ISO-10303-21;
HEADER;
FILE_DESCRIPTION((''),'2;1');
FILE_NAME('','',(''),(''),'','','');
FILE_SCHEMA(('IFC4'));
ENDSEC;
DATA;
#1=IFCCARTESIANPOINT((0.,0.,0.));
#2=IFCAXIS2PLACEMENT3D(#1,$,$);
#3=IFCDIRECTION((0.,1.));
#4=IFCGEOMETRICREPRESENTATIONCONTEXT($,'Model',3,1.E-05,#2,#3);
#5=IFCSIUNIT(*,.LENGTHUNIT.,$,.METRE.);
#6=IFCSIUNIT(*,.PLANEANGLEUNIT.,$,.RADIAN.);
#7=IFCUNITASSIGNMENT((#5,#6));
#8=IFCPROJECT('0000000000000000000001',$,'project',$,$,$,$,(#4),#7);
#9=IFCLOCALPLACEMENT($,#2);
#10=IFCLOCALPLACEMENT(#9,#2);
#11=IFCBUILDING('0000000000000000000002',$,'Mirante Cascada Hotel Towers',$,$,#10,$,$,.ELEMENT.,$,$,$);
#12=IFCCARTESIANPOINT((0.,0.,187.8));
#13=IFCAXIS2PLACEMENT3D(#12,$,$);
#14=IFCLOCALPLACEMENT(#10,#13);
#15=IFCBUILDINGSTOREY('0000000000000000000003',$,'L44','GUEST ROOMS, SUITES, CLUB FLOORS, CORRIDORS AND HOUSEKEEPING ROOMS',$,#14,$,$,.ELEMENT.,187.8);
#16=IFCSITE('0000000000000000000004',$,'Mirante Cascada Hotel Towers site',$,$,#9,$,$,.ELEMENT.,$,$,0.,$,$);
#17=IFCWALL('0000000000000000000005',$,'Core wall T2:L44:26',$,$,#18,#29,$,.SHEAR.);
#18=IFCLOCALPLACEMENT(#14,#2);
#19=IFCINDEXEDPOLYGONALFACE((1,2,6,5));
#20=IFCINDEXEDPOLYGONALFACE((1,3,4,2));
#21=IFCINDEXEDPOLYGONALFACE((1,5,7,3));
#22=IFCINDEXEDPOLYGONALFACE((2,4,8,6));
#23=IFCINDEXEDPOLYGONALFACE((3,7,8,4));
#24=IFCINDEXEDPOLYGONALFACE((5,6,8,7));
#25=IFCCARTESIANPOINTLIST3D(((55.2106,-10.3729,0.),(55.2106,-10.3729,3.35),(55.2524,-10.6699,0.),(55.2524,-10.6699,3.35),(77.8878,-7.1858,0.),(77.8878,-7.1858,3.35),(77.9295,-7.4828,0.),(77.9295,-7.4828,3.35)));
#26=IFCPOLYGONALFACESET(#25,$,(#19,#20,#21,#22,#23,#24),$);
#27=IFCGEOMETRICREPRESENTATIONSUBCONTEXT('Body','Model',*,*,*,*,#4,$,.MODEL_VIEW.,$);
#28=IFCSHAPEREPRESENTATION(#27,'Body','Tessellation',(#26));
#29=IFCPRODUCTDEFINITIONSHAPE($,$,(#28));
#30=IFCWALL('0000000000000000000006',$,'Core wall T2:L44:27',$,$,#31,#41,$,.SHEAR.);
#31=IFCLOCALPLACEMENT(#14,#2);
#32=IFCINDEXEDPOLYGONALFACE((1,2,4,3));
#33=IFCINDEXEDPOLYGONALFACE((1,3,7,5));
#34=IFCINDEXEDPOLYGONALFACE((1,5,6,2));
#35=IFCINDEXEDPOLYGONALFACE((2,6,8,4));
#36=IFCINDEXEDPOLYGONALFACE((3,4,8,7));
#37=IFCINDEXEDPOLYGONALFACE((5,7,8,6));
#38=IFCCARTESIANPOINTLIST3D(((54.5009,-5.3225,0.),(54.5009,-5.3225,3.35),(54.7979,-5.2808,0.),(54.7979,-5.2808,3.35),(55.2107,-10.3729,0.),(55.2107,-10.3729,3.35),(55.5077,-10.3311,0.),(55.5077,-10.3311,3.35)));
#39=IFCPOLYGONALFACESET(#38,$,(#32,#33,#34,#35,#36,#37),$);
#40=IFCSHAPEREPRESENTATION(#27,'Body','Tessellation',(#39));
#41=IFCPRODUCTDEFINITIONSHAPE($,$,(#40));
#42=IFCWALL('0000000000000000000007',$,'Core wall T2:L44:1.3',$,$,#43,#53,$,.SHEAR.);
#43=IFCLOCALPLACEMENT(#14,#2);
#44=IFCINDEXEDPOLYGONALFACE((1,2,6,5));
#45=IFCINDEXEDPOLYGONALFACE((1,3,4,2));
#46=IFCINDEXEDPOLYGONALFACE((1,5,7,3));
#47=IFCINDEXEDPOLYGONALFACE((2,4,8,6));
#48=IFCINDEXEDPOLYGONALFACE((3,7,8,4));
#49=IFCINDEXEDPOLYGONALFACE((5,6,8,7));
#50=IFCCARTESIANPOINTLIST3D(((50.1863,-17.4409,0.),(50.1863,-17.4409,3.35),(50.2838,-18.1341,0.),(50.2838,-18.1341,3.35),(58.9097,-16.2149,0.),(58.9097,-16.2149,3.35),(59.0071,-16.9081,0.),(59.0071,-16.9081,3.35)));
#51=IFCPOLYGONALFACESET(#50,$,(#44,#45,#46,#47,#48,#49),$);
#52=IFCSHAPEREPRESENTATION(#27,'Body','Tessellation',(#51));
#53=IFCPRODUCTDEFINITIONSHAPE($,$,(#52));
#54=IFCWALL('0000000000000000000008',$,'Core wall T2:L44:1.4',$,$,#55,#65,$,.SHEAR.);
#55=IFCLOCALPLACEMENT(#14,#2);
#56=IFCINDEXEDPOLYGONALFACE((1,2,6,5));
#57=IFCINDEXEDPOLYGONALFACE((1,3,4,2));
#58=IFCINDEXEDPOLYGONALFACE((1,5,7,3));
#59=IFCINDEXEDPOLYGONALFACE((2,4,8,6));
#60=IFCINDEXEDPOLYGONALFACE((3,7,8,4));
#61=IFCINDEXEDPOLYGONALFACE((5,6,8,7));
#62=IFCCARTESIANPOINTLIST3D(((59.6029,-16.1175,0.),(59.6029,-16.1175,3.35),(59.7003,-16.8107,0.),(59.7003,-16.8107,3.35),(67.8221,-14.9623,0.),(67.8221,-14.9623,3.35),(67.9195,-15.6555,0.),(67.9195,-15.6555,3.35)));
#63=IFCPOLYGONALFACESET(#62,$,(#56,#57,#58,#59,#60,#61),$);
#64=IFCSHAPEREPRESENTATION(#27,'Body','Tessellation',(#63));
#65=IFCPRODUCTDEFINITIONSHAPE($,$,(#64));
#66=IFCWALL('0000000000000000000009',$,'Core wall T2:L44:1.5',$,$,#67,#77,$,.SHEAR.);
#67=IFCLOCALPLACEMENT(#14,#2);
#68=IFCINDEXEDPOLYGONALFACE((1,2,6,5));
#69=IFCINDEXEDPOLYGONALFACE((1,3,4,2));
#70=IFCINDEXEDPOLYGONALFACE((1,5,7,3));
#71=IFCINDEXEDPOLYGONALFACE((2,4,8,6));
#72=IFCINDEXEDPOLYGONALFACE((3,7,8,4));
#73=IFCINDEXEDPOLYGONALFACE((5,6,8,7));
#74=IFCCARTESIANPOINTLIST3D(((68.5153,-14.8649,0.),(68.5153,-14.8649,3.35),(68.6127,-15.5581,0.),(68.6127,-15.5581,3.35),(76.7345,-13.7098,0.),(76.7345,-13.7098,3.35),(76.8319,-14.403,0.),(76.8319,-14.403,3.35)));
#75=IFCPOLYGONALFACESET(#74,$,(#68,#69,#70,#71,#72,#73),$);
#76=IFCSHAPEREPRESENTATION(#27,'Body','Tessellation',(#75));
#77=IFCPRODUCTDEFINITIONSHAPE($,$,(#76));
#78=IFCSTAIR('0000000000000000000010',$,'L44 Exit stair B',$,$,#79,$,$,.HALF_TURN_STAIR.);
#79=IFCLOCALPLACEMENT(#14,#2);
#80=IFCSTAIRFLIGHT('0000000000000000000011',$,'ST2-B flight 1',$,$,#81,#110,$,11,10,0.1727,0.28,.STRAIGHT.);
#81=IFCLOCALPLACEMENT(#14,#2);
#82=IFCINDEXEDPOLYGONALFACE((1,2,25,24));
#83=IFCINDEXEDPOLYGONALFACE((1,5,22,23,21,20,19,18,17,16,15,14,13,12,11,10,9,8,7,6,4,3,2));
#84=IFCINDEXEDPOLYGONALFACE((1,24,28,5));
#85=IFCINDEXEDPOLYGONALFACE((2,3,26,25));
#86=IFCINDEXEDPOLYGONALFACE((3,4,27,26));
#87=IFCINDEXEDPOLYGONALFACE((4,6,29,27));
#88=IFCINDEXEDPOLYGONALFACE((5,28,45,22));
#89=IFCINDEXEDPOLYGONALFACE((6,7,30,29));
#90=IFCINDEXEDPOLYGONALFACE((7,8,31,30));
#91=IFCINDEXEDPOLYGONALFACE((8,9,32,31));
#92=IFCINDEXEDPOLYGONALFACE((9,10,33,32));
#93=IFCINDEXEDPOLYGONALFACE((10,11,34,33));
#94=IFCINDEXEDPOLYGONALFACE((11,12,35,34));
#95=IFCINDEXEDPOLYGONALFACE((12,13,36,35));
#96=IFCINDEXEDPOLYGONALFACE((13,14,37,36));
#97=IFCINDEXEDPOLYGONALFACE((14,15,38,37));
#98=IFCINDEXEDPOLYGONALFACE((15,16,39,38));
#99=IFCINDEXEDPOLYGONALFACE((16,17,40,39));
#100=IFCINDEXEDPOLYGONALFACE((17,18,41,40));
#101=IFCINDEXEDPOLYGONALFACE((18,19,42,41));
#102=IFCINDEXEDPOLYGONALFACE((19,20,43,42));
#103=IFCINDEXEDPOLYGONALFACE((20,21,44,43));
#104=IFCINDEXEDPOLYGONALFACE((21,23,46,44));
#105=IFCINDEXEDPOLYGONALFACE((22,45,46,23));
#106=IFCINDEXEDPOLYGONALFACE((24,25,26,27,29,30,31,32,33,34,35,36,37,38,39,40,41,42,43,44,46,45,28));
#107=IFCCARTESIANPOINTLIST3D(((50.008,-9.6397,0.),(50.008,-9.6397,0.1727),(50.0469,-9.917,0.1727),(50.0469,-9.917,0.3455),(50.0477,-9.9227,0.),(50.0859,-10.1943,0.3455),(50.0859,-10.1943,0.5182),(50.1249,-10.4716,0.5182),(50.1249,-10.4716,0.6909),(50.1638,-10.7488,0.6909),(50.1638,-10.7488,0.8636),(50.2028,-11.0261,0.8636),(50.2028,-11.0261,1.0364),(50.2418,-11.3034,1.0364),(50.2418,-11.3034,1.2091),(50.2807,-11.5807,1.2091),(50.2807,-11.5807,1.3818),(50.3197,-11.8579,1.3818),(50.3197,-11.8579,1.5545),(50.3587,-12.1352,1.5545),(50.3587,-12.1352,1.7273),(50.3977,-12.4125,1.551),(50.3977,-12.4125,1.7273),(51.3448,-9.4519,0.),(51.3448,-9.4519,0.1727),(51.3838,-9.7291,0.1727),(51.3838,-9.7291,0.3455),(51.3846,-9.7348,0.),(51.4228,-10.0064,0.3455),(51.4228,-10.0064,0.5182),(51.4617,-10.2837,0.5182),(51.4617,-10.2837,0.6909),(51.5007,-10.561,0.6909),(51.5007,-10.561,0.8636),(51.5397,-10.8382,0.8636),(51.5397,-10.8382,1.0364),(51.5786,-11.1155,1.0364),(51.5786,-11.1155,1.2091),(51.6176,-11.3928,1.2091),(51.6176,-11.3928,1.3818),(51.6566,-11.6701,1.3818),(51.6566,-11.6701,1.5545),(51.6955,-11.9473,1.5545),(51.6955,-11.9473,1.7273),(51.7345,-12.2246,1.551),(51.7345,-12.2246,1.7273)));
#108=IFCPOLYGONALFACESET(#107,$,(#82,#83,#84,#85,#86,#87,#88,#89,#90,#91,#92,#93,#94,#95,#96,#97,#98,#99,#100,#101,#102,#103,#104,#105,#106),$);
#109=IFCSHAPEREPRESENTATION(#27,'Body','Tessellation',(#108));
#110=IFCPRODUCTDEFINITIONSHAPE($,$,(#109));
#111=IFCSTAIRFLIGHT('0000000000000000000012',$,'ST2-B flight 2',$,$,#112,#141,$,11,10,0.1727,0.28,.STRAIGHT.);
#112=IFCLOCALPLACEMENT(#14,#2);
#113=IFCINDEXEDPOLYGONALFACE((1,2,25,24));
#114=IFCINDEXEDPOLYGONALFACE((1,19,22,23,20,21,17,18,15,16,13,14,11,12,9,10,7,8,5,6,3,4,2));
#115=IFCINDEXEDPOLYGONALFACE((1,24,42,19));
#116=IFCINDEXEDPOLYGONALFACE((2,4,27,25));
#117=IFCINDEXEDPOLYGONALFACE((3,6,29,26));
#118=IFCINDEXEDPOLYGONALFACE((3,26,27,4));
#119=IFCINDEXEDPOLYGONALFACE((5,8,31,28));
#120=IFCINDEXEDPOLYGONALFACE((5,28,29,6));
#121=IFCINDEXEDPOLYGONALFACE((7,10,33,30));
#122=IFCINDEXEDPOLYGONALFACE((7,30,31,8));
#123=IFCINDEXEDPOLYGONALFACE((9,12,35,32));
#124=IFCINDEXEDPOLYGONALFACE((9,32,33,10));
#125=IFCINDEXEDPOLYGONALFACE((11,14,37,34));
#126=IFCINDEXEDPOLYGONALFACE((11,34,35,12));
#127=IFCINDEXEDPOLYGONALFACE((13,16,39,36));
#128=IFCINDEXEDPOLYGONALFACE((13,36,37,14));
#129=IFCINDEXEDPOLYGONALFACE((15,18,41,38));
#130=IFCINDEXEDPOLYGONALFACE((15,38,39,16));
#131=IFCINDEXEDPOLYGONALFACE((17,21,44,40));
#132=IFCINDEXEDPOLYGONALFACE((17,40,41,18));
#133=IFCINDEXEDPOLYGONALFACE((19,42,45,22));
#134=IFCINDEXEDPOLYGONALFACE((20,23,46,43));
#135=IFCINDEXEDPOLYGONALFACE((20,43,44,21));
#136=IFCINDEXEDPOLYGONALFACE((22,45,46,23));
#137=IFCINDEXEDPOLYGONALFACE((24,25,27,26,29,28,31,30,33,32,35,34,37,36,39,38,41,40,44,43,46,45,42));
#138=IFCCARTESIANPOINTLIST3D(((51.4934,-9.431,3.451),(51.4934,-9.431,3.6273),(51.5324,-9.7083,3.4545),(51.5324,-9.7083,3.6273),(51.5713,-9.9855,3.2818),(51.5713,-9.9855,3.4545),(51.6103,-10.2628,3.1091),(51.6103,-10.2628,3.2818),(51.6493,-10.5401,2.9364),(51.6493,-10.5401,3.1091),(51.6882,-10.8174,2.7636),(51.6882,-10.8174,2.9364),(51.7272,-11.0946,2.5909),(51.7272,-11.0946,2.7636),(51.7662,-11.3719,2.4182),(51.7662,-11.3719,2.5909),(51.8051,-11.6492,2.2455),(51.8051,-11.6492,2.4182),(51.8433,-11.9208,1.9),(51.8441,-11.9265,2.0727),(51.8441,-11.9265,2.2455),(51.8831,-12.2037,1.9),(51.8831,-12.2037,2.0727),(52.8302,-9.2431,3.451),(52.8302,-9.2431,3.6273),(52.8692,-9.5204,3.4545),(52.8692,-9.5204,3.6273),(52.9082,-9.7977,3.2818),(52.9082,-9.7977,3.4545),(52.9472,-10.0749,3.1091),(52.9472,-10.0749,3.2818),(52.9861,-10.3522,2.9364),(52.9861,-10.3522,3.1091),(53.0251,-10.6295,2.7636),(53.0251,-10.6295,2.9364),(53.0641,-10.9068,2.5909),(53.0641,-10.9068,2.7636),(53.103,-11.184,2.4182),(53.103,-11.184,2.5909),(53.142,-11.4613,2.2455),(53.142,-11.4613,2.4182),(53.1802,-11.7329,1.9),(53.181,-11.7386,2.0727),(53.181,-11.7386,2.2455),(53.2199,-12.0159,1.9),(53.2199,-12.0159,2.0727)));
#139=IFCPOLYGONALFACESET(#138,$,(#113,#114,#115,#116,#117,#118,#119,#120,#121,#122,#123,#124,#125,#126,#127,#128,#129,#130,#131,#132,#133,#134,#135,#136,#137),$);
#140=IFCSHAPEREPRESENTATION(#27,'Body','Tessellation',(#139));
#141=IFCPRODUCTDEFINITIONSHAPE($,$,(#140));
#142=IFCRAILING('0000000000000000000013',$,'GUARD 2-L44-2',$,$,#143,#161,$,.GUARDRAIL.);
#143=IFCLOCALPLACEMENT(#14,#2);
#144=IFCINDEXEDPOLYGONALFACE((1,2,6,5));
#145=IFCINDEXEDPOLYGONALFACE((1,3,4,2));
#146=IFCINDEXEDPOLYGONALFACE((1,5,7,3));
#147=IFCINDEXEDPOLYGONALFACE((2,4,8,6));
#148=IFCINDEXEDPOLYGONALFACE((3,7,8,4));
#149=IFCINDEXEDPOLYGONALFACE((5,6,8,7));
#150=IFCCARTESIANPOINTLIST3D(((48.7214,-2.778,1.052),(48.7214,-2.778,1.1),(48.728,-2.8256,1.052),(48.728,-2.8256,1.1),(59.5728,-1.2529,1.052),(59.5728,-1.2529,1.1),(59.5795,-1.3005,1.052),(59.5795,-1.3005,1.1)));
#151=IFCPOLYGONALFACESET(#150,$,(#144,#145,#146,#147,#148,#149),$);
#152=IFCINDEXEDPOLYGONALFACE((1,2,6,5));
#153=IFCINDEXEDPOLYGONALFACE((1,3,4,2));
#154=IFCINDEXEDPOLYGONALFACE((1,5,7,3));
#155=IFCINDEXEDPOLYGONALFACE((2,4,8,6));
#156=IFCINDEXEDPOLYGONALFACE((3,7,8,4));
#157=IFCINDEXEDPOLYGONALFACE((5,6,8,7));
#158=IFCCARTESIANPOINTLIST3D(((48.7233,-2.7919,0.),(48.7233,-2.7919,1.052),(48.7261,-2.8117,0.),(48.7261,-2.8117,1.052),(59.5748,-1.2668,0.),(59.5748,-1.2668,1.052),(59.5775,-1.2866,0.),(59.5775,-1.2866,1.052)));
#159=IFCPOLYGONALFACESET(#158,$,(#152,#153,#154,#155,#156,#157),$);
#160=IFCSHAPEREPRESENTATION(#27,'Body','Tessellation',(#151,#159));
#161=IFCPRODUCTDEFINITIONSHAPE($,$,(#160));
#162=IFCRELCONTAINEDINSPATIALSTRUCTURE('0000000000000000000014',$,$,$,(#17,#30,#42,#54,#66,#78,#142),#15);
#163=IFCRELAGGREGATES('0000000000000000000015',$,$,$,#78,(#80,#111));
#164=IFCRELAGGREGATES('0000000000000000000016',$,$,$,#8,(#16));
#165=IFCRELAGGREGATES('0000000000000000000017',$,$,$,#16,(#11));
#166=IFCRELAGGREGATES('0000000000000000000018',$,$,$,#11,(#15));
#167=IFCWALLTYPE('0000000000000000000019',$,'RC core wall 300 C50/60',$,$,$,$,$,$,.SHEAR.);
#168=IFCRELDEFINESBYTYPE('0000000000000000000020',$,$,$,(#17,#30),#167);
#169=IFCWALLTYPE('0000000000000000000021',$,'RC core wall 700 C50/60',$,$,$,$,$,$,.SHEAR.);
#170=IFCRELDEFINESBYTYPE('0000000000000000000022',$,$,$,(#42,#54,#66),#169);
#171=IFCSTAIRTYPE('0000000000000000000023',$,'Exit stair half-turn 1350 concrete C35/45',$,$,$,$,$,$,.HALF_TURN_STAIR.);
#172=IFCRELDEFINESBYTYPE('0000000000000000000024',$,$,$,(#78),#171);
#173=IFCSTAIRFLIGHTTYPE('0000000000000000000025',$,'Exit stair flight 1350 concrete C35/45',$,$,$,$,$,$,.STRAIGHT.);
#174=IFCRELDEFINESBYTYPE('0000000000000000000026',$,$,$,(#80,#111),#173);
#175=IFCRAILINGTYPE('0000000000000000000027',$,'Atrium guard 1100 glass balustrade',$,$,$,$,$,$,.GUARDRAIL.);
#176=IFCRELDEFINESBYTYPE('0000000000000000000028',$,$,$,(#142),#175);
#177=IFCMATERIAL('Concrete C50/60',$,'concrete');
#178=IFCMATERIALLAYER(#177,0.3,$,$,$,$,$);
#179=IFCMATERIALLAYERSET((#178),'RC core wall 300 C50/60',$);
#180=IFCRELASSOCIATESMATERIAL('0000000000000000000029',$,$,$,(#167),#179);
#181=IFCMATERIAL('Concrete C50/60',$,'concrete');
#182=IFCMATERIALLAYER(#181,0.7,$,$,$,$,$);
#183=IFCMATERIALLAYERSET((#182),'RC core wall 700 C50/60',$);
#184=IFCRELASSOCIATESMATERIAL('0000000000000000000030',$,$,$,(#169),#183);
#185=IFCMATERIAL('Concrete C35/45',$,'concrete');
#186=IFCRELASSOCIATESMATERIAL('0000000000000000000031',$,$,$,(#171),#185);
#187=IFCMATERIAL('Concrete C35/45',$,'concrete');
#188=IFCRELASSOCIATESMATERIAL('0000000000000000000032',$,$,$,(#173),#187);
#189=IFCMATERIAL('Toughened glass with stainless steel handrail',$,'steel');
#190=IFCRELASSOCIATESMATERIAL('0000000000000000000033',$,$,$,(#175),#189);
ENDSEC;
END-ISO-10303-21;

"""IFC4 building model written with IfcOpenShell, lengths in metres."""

from ifc_helpers import new_model, si_unit, direction, frame, frame_2d, origin, origin_2d, place, context, subcontext, project, spatial, polyline, rectangle, outline, extrude, material, layer, layer_set, type_object, element, aggregate, save


model = new_model("IFC4")

# Units and contexts
model_context = context("Model", 3, precision=1e-05, world=origin(), true_north=direction((0.0, 1.0)))
body_context = subcontext(model_context, "Body", "Model", "MODEL_VIEW")
ifc_project = project(units=[si_unit("LENGTHUNIT", "METRE"), si_unit("PLANEANGLEUNIT", "RADIAN")], contexts=[model_context])

# Site, building, storey
site_placement = place(None, origin())
site = spatial("IfcSite", under=ifc_project, at=site_placement, Name="Mirante Cascada Hotel Towers site", CompositionType="ELEMENT", RefElevation=0.0)
building_placement = place(site_placement, origin())
building = spatial("IfcBuilding", under=site, at=building_placement, Name="Mirante Cascada Hotel Towers", CompositionType="ELEMENT")
storey_placement = place(building_placement, frame((0.0, 0.0, 187.8)))
storey = spatial("IfcBuildingStorey", under=building, at=storey_placement, Name="L44", Description="GUEST ROOMS, SUITES, CLUB FLOORS, CORRIDORS AND HOUSEKEEPING ROOMS", CompositionType="ELEMENT", Elevation=187.8)

# Shared definitions
ifc_material_1 = material(Name="Concrete C50/60", Category="concrete")
ifc_layer_1 = layer(ifc_material_1, 0.3)
ifc_layer_set_1 = layer_set([ifc_layer_1], Name="RC core wall 300 C50/60")
wall_type_1 = type_object("IfcWallType", Name="RC core wall 300 C50/60", PredefinedType="SHEAR", material=ifc_layer_set_1)

# Walls
wall_1_placement = place(storey_placement, frame((55.2315, -10.5214, 0.0), z_axis=(0.0, 0.0, 1.0), x_axis=(0.990268, 0.139175, 0.0)))
element("IfcWall", 1, at=wall_1_placement, inside=storey, type_object=wall_type_1, Name="Core wall T2:L44:26", PredefinedType="SHEAR", context=body_context, shape_type="SweptSolid", body=[
    extrude(rectangle(XDim=22.9, YDim=0.3, at=frame_2d((11.45, 0.0))), origin(), (0.0, 0.0, 1.0), 3.35),
])
wall_2_placement = place(storey_placement, frame((55.3592, -10.352, 0.0), z_axis=(0.0, 0.0, 1.0), x_axis=(-0.139176, 0.990268, 0.0)))
element("IfcWall", 2, at=wall_2_placement, inside=storey, type_object=wall_type_1, Name="Core wall T2:L44:27", PredefinedType="SHEAR", context=body_context, shape_type="SweptSolid", body=[
    extrude(rectangle(XDim=5.1, YDim=0.3, at=frame_2d((2.55, 0.0))), origin(), (0.0, 0.0, 1.0), 3.35),
])
ifc_material_2 = material(Name="Concrete C50/60", Category="concrete")
ifc_layer_2 = layer(ifc_material_2, 0.7)
ifc_layer_set_2 = layer_set([ifc_layer_2], Name="RC core wall 700 C50/60")
wall_type_2 = type_object("IfcWallType", Name="RC core wall 700 C50/60", PredefinedType="SHEAR", material=ifc_layer_set_2)
wall_3_placement = place(storey_placement, frame((50.235, -17.7875, 0.0), z_axis=(0.0, 0.0, 1.0), x_axis=(0.990268, 0.139174, 0.0)))
element("IfcWall", 3, at=wall_3_placement, inside=storey, type_object=wall_type_2, Name="Core wall T2:L44:1.3", PredefinedType="SHEAR", context=body_context, shape_type="SweptSolid", body=[
    extrude(rectangle(XDim=8.8091, YDim=0.7, at=frame_2d((4.4046, 0.0))), origin(), (0.0, 0.0, 1.0), 3.35),
])
for number, where, z_axis, x_axis, name in (
    (4, (59.6516, -16.4641, 0.0), (0.0, 0.0, 1.0), (0.990267, 0.139181, 0.0), "Core wall T2:L44:1.4"),
    (5, (68.564, -15.2115, 0.0), (0.0, 0.0, 1.0), (0.990269, 0.139169, 0.0), "Core wall T2:L44:1.5"),
):
    element("IfcWall", number, at=place(storey_placement, frame(where, z_axis=z_axis, x_axis=x_axis)), inside=storey, type_object=wall_type_2, Name=name, PredefinedType="SHEAR", context=body_context, shape_type="SweptSolid", body=[
        extrude(rectangle(XDim=8.3, YDim=0.7, at=frame_2d((4.15, 0.0))), origin(), (0.0, 0.0, 1.0), 3.35),
    ])

# Stair, stair flights
ifc_material_3 = material(Name="Concrete C35/45", Category="concrete")
stair_type = type_object("IfcStairType", Name="Exit stair half-turn 1350 concrete C35/45", PredefinedType="HALF_TURN_STAIR", material=ifc_material_3)
stair_placement = place(storey_placement, origin())
stair = element("IfcStair", 6, at=stair_placement, inside=storey, type_object=stair_type, Name="L44 Exit stair B", PredefinedType="HALF_TURN_STAIR")
ifc_material_4 = material(Name="Concrete C35/45", Category="concrete")
stair_flight_type = type_object("IfcStairFlightType", Name="Exit stair flight 1350 concrete C35/45", PredefinedType="STRAIGHT", material=ifc_material_4)
stair_flight_1_placement = place(storey_placement, frame((50.6764, -9.5458, 0.0), z_axis=(0.0, 0.0, 1.0), x_axis=(0.139173, -0.990268, 0.0)))
stair_flight_1 = element("IfcStairFlight", 7, at=stair_flight_1_placement, type_object=stair_flight_type, Name="ST2-B flight 1", NumberOfRisers=11, NumberOfTreads=10, PredefinedType="STRAIGHT", RiserHeight=0.1727, TreadLength=0.28, context=body_context, shape_type="SweptSolid", body=[
    extrude(outline(polyline([(0.0, 0.0), (0.0, 0.1727), (0.28, 0.1727), (0.28, 0.3455), (0.56, 0.3455), (0.56, 0.5182), (0.84, 0.5182), (0.84, 0.6909), (1.12, 0.6909), (1.12, 0.8636), (1.4, 0.8636), (1.4, 1.0364), (1.68, 1.0364), (1.68, 1.2091), (1.96, 1.2091), (1.96, 1.3818), (2.24, 1.3818), (2.24, 1.5545), (2.52, 1.5545), (2.52, 1.7273), (2.8, 1.7273), (2.8, 1.9), (2.8, 1.551), (0.2857, 0.0), (0.0, 0.0)])), frame((0.0, 0.675, 0.0), z_axis=(0.0, -1.0, 0.0), x_axis=(1.0, 0.0, 0.0)), (0.0, 0.0, 1.0), 1.35),
])
stair_flight_2_placement = place(storey_placement, frame((52.5515, -12.1098, 1.9), z_axis=(0.0, 0.0, 1.0), x_axis=(-0.139173, 0.990268, 0.0)))
stair_flight_2 = element("IfcStairFlight", 8, at=stair_flight_2_placement, type_object=stair_flight_type, Name="ST2-B flight 2", NumberOfRisers=11, NumberOfTreads=10, PredefinedType="STRAIGHT", RiserHeight=0.1727, TreadLength=0.28, context=body_context, shape_type="SweptSolid", body=[
    extrude(outline(polyline([(0.0, 0.0), (0.0, 0.1727), (0.28, 0.1727), (0.28, 0.3455), (0.56, 0.3455), (0.56, 0.5182), (0.84, 0.5182), (0.84, 0.6909), (1.12, 0.6909), (1.12, 0.8636), (1.4, 0.8636), (1.4, 1.0364), (1.68, 1.0364), (1.68, 1.2091), (1.96, 1.2091), (1.96, 1.3818), (2.24, 1.3818), (2.24, 1.5545), (2.52, 1.5545), (2.52, 1.7273), (2.8, 1.7273), (2.8, 1.9), (2.8, 1.551), (0.2857, 0.0), (0.0, 0.0)])), frame((0.0, 0.675, 0.0), z_axis=(0.0, -1.0, 0.0), x_axis=(1.0, 0.0, 0.0)), (0.0, 0.0, 1.0), 1.35),
])
aggregate(stair, [stair_flight_1, stair_flight_2])

# Railing
ifc_material_5 = material(Name="Toughened glass with stainless steel handrail", Category="steel")
railing_type_1 = type_object("IfcRailingType", Name="Atrium guard 1100 glass balustrade", PredefinedType="GUARDRAIL", material=ifc_material_5)
railing_1_placement = place(storey_placement, frame((48.7247, -2.8018, 0.0)))
element("IfcRailing", 9, at=railing_1_placement, inside=storey, type_object=railing_type_1, Name="GUARD 2-L44-2", PredefinedType="GUARDRAIL", context=body_context, shape_type="SweptSolid", body=[
    extrude(rectangle(XDim=0.048, YDim=0.048, at=origin_2d()), frame((0.0, 0.0, 1.076), z_axis=(0.990268, 0.139175, 0.0), x_axis=(-0.139175, 0.990268, 0.0)), (0.0, 0.0, 1.0), 10.9581),
    extrude(rectangle(XDim=0.02, YDim=1.052, at=origin_2d()), frame((0.0, 0.0, 0.526), z_axis=(0.990268, 0.139175, 0.0), x_axis=(-0.139175, 0.990268, 0.0)), (0.0, 0.0, 1.0), 10.9581),
])

save(model, "model.ifc")
